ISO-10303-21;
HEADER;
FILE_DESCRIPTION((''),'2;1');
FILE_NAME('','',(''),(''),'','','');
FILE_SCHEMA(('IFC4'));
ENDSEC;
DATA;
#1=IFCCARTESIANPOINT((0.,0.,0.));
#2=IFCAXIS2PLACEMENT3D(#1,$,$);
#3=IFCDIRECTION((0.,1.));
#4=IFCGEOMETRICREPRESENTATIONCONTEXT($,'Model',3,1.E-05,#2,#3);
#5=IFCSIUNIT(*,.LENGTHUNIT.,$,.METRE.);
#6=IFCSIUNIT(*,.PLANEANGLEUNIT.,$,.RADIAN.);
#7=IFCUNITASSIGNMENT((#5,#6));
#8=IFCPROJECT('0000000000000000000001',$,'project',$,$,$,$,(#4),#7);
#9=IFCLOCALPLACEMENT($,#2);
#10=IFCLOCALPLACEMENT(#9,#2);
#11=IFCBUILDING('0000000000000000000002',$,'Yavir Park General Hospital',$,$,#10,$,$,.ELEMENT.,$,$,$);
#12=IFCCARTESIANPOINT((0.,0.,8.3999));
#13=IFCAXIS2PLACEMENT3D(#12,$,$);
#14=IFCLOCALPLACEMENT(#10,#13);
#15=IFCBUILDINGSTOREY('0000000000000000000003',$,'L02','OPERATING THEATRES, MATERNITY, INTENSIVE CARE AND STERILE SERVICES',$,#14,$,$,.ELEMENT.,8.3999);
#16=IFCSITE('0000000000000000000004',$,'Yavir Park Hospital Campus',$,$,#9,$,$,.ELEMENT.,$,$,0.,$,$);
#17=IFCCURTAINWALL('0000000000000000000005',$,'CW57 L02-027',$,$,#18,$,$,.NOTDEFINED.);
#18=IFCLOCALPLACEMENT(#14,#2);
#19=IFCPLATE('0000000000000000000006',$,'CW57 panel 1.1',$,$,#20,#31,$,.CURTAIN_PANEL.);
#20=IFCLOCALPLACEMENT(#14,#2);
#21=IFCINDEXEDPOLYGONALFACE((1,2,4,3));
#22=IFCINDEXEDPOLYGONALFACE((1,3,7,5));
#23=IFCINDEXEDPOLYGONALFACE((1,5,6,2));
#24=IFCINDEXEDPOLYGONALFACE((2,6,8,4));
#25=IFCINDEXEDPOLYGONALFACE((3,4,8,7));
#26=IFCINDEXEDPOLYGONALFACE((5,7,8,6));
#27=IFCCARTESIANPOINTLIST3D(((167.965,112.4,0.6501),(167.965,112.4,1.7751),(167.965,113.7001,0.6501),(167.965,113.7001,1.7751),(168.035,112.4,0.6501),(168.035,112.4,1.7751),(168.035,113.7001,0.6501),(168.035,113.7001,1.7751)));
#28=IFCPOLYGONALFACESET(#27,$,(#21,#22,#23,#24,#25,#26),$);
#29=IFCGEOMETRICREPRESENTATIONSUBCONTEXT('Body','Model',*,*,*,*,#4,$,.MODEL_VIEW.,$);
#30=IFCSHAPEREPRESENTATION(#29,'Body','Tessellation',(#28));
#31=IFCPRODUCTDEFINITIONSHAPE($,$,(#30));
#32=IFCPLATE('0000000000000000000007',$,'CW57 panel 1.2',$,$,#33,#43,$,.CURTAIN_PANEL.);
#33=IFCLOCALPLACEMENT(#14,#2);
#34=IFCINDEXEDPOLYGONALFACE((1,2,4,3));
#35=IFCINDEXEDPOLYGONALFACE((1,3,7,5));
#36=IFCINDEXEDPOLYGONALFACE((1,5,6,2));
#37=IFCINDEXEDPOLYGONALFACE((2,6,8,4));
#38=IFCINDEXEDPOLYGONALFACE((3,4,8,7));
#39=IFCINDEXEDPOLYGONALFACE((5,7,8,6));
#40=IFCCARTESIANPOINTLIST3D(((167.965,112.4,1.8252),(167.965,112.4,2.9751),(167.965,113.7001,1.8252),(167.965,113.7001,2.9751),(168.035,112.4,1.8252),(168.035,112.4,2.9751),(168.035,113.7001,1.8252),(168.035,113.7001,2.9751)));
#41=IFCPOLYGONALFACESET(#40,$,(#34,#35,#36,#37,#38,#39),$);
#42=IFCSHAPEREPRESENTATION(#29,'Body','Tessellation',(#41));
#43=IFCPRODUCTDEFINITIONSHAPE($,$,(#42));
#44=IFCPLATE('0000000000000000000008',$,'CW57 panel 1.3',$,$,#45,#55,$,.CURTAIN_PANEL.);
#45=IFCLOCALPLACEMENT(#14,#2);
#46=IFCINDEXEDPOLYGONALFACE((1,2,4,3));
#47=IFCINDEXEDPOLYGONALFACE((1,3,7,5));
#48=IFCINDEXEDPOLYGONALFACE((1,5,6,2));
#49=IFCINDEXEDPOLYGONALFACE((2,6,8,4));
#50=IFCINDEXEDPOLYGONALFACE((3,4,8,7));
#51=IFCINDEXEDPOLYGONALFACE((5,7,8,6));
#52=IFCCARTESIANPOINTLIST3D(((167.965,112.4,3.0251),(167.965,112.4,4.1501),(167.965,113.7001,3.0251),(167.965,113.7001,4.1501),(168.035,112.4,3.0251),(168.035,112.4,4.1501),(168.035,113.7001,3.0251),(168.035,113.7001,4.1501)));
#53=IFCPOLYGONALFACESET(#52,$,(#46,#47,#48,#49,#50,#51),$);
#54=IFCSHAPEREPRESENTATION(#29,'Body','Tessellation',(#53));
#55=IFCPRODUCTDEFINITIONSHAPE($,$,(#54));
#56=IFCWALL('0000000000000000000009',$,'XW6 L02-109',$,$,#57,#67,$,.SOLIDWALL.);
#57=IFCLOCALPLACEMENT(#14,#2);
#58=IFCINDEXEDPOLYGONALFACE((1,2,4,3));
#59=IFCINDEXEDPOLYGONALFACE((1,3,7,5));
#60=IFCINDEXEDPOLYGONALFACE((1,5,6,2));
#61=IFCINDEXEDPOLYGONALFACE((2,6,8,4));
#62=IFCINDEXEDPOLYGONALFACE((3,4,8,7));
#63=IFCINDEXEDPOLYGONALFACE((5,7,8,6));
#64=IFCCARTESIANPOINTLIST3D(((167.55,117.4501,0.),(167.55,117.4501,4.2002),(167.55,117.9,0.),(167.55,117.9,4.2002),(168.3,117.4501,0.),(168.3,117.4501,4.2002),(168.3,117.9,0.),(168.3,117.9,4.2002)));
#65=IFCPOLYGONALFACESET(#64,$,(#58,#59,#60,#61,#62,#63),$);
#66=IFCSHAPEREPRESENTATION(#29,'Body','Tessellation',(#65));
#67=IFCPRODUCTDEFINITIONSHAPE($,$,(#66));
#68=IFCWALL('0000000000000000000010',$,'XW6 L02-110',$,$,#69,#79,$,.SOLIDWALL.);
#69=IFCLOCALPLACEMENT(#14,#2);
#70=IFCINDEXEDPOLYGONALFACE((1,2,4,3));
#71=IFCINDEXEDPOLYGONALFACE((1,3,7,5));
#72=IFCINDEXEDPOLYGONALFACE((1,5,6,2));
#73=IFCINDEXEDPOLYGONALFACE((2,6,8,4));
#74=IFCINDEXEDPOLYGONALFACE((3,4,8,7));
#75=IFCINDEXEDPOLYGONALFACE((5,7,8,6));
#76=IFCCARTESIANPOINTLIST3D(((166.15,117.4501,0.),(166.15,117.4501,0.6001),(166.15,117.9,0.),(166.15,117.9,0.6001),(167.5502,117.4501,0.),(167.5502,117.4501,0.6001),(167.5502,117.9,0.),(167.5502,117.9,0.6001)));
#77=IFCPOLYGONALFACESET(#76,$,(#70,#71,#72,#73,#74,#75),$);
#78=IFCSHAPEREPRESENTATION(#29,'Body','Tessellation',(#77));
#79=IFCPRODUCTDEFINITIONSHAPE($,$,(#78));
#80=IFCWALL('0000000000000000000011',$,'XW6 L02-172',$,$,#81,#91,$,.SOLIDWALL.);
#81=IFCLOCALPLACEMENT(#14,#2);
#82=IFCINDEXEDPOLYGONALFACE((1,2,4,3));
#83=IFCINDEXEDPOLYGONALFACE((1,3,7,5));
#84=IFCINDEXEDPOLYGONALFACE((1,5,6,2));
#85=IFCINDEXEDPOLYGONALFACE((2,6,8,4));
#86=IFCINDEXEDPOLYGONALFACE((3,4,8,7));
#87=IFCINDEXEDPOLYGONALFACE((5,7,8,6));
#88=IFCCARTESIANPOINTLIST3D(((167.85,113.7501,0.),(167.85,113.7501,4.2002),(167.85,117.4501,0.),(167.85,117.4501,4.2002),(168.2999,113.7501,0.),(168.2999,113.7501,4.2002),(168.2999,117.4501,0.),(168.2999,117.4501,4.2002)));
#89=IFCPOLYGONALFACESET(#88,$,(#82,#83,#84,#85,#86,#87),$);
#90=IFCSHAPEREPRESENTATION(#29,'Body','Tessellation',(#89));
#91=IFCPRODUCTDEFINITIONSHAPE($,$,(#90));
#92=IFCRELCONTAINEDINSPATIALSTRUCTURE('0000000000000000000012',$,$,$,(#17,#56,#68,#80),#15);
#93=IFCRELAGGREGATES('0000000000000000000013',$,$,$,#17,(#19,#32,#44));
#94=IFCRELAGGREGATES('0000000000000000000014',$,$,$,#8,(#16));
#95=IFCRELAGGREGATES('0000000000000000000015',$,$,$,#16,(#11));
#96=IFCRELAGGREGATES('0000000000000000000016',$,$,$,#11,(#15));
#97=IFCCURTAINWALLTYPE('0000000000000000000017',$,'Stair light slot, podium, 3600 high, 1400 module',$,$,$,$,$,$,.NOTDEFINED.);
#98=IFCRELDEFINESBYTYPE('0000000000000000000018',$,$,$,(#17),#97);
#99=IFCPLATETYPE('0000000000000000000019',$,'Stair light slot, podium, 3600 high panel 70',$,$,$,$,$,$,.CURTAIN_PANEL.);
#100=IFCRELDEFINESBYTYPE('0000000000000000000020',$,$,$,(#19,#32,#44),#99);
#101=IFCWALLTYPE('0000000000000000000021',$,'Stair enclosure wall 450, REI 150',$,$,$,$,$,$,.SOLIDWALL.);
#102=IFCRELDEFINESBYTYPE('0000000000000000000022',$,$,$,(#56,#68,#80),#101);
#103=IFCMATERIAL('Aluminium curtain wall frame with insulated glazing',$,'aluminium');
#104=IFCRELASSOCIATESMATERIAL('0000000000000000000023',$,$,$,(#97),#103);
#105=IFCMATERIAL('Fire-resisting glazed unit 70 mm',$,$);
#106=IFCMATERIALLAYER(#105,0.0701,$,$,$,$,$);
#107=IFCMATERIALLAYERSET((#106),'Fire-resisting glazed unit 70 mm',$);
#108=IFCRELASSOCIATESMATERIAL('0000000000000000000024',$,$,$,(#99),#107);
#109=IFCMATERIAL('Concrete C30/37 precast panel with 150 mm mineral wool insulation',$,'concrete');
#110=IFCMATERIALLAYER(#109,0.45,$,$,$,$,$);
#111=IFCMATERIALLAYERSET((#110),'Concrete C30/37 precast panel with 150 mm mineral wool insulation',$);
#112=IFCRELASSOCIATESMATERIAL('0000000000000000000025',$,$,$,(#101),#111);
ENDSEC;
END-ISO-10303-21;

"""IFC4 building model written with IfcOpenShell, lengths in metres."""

from ifc_helpers import new_model, si_unit, direction, frame, frame_2d, origin, origin_2d, place, context, subcontext, project, spatial, rectangle, extrude, material, layer, layer_set, type_object, element, aggregate, save


model = new_model("IFC4")

# Units and contexts
model_context = context("Model", 3, precision=1e-05, world=origin(), true_north=direction((0.0, 1.0)))
body_context = subcontext(model_context, "Body", "Model", "MODEL_VIEW")
ifc_project = project(units=[si_unit("LENGTHUNIT", "METRE"), si_unit("PLANEANGLEUNIT", "RADIAN")], contexts=[model_context])

# Site, building, storey
site_placement = place(None, origin())
site = spatial("IfcSite", under=ifc_project, at=site_placement, Name="Yavir Park Hospital Campus", CompositionType="ELEMENT", RefElevation=0.0)
building_placement = place(site_placement, origin())
building = spatial("IfcBuilding", under=site, at=building_placement, Name="Yavir Park General Hospital", CompositionType="ELEMENT")
storey_placement = place(building_placement, frame((0.0, 0.0, 8.3999)))
storey = spatial("IfcBuildingStorey", under=building, at=storey_placement, Name="L02", Description="OPERATING THEATRES, MATERNITY, INTENSIVE CARE AND STERILE SERVICES", CompositionType="ELEMENT", Elevation=8.3999)

# Curtain wall
ifc_material_1 = material(Name="Aluminium curtain wall frame with insulated glazing", Category="aluminium")
curtain_wall_type = type_object("IfcCurtainWallType", Name="Stair light slot, podium, 3600 high, 1400 module", PredefinedType="NOTDEFINED", material=ifc_material_1)
curtain_wall_1_placement = place(storey_placement, origin())
curtain_wall_1 = element("IfcCurtainWall", 1, at=curtain_wall_1_placement, inside=storey, type_object=curtain_wall_type, Name="CW57 L02-027", PredefinedType="NOTDEFINED")

# Plates
ifc_material_2 = material(Name="Fire-resisting glazed unit 70 mm")
ifc_layer_1 = layer(ifc_material_2, 0.0701)
ifc_layer_set_1 = layer_set([ifc_layer_1], Name="Fire-resisting glazed unit 70 mm")
plate_type = type_object("IfcPlateType", Name="Stair light slot, podium, 3600 high panel 70", PredefinedType="CURTAIN_PANEL", material=ifc_layer_set_1)
plate_1_placement = place(storey_placement, frame((168.0, 113.05, 0.6501), z_axis=(0.0, 0.0, 1.0), x_axis=(0.0, 1.0, 0.0)))
plate_1 = element("IfcPlate", 2, at=plate_1_placement, type_object=plate_type, Name="CW57 panel 1.1", PredefinedType="CURTAIN_PANEL", context=body_context, shape_type="SweptSolid", body=[
    extrude(rectangle(XDim=1.3, YDim=0.0701, at=origin_2d()), origin(), (0.0, 0.0, 1.0), 1.125),
])
plate_2_placement = place(storey_placement, frame((168.0, 113.05, 1.8252), z_axis=(0.0, 0.0, 1.0), x_axis=(0.0, 1.0, 0.0)))
plate_2 = element("IfcPlate", 3, at=plate_2_placement, type_object=plate_type, Name="CW57 panel 1.2", PredefinedType="CURTAIN_PANEL", context=body_context, shape_type="SweptSolid", body=[
    extrude(rectangle(XDim=1.3, YDim=0.0701, at=origin_2d()), origin(), (0.0, 0.0, 1.0), 1.1499),
])
plate_3_placement = place(storey_placement, frame((168.0, 113.05, 3.0251), z_axis=(0.0, 0.0, 1.0), x_axis=(0.0, 1.0, 0.0)))
plate_3 = element("IfcPlate", 4, at=plate_3_placement, type_object=plate_type, Name="CW57 panel 1.3", PredefinedType="CURTAIN_PANEL", context=body_context, shape_type="SweptSolid", body=[
    extrude(rectangle(XDim=1.3, YDim=0.0701, at=origin_2d()), origin(), (0.0, 0.0, 1.0), 1.125),
])
aggregate(curtain_wall_1, [plate_1, plate_2, plate_3])

# Walls
ifc_material_3 = material(Name="Concrete C30/37 precast panel with 150 mm mineral wool insulation", Category="concrete")
ifc_layer_2 = layer(ifc_material_3, 0.45)
ifc_layer_set_2 = layer_set([ifc_layer_2], Name="Concrete C30/37 precast panel with 150 mm mineral wool insulation")
wall_type = type_object("IfcWallType", Name="Stair enclosure wall 450, REI 150", PredefinedType="SOLIDWALL", material=ifc_layer_set_2)
wall_1_placement = place(storey_placement, frame((167.55, 117.675, 0.0), z_axis=(0.0, 0.0, 1.0), x_axis=(1.0, 0.0, 0.0)))
element("IfcWall", 5, at=wall_1_placement, inside=storey, type_object=wall_type, Name="XW6 L02-109", PredefinedType="SOLIDWALL", context=body_context, shape_type="SweptSolid", body=[
    extrude(rectangle(XDim=0.75, YDim=0.45, at=frame_2d((0.375, 0.0))), origin(), (0.0, 0.0, 1.0), 4.2002),
])
wall_2_placement = place(storey_placement, frame((166.1499, 117.675, 0.0), z_axis=(0.0, 0.0, 1.0), x_axis=(1.0, 0.0, 0.0)))
element("IfcWall", 6, at=wall_2_placement, inside=storey, type_object=wall_type, Name="XW6 L02-110", PredefinedType="SOLIDWALL", context=body_context, shape_type="SweptSolid", body=[
    extrude(rectangle(XDim=1.4001, YDim=0.45, at=frame_2d((0.7002, 0.0))), origin(), (0.0, 0.0, 1.0), 0.6001),
])
wall_3_placement = place(storey_placement, frame((168.075, 113.75, 0.0), z_axis=(0.0, 0.0, 1.0), x_axis=(0.0, 1.0, 0.0)))
element("IfcWall", 7, at=wall_3_placement, inside=storey, type_object=wall_type, Name="XW6 L02-172", PredefinedType="SOLIDWALL", context=body_context, shape_type="SweptSolid", body=[
    extrude(rectangle(XDim=3.7, YDim=0.45, at=frame_2d((1.8501, 0.0))), origin(), (0.0, 0.0, 1.0), 4.2002),
])

save(model, "model.ifc")
